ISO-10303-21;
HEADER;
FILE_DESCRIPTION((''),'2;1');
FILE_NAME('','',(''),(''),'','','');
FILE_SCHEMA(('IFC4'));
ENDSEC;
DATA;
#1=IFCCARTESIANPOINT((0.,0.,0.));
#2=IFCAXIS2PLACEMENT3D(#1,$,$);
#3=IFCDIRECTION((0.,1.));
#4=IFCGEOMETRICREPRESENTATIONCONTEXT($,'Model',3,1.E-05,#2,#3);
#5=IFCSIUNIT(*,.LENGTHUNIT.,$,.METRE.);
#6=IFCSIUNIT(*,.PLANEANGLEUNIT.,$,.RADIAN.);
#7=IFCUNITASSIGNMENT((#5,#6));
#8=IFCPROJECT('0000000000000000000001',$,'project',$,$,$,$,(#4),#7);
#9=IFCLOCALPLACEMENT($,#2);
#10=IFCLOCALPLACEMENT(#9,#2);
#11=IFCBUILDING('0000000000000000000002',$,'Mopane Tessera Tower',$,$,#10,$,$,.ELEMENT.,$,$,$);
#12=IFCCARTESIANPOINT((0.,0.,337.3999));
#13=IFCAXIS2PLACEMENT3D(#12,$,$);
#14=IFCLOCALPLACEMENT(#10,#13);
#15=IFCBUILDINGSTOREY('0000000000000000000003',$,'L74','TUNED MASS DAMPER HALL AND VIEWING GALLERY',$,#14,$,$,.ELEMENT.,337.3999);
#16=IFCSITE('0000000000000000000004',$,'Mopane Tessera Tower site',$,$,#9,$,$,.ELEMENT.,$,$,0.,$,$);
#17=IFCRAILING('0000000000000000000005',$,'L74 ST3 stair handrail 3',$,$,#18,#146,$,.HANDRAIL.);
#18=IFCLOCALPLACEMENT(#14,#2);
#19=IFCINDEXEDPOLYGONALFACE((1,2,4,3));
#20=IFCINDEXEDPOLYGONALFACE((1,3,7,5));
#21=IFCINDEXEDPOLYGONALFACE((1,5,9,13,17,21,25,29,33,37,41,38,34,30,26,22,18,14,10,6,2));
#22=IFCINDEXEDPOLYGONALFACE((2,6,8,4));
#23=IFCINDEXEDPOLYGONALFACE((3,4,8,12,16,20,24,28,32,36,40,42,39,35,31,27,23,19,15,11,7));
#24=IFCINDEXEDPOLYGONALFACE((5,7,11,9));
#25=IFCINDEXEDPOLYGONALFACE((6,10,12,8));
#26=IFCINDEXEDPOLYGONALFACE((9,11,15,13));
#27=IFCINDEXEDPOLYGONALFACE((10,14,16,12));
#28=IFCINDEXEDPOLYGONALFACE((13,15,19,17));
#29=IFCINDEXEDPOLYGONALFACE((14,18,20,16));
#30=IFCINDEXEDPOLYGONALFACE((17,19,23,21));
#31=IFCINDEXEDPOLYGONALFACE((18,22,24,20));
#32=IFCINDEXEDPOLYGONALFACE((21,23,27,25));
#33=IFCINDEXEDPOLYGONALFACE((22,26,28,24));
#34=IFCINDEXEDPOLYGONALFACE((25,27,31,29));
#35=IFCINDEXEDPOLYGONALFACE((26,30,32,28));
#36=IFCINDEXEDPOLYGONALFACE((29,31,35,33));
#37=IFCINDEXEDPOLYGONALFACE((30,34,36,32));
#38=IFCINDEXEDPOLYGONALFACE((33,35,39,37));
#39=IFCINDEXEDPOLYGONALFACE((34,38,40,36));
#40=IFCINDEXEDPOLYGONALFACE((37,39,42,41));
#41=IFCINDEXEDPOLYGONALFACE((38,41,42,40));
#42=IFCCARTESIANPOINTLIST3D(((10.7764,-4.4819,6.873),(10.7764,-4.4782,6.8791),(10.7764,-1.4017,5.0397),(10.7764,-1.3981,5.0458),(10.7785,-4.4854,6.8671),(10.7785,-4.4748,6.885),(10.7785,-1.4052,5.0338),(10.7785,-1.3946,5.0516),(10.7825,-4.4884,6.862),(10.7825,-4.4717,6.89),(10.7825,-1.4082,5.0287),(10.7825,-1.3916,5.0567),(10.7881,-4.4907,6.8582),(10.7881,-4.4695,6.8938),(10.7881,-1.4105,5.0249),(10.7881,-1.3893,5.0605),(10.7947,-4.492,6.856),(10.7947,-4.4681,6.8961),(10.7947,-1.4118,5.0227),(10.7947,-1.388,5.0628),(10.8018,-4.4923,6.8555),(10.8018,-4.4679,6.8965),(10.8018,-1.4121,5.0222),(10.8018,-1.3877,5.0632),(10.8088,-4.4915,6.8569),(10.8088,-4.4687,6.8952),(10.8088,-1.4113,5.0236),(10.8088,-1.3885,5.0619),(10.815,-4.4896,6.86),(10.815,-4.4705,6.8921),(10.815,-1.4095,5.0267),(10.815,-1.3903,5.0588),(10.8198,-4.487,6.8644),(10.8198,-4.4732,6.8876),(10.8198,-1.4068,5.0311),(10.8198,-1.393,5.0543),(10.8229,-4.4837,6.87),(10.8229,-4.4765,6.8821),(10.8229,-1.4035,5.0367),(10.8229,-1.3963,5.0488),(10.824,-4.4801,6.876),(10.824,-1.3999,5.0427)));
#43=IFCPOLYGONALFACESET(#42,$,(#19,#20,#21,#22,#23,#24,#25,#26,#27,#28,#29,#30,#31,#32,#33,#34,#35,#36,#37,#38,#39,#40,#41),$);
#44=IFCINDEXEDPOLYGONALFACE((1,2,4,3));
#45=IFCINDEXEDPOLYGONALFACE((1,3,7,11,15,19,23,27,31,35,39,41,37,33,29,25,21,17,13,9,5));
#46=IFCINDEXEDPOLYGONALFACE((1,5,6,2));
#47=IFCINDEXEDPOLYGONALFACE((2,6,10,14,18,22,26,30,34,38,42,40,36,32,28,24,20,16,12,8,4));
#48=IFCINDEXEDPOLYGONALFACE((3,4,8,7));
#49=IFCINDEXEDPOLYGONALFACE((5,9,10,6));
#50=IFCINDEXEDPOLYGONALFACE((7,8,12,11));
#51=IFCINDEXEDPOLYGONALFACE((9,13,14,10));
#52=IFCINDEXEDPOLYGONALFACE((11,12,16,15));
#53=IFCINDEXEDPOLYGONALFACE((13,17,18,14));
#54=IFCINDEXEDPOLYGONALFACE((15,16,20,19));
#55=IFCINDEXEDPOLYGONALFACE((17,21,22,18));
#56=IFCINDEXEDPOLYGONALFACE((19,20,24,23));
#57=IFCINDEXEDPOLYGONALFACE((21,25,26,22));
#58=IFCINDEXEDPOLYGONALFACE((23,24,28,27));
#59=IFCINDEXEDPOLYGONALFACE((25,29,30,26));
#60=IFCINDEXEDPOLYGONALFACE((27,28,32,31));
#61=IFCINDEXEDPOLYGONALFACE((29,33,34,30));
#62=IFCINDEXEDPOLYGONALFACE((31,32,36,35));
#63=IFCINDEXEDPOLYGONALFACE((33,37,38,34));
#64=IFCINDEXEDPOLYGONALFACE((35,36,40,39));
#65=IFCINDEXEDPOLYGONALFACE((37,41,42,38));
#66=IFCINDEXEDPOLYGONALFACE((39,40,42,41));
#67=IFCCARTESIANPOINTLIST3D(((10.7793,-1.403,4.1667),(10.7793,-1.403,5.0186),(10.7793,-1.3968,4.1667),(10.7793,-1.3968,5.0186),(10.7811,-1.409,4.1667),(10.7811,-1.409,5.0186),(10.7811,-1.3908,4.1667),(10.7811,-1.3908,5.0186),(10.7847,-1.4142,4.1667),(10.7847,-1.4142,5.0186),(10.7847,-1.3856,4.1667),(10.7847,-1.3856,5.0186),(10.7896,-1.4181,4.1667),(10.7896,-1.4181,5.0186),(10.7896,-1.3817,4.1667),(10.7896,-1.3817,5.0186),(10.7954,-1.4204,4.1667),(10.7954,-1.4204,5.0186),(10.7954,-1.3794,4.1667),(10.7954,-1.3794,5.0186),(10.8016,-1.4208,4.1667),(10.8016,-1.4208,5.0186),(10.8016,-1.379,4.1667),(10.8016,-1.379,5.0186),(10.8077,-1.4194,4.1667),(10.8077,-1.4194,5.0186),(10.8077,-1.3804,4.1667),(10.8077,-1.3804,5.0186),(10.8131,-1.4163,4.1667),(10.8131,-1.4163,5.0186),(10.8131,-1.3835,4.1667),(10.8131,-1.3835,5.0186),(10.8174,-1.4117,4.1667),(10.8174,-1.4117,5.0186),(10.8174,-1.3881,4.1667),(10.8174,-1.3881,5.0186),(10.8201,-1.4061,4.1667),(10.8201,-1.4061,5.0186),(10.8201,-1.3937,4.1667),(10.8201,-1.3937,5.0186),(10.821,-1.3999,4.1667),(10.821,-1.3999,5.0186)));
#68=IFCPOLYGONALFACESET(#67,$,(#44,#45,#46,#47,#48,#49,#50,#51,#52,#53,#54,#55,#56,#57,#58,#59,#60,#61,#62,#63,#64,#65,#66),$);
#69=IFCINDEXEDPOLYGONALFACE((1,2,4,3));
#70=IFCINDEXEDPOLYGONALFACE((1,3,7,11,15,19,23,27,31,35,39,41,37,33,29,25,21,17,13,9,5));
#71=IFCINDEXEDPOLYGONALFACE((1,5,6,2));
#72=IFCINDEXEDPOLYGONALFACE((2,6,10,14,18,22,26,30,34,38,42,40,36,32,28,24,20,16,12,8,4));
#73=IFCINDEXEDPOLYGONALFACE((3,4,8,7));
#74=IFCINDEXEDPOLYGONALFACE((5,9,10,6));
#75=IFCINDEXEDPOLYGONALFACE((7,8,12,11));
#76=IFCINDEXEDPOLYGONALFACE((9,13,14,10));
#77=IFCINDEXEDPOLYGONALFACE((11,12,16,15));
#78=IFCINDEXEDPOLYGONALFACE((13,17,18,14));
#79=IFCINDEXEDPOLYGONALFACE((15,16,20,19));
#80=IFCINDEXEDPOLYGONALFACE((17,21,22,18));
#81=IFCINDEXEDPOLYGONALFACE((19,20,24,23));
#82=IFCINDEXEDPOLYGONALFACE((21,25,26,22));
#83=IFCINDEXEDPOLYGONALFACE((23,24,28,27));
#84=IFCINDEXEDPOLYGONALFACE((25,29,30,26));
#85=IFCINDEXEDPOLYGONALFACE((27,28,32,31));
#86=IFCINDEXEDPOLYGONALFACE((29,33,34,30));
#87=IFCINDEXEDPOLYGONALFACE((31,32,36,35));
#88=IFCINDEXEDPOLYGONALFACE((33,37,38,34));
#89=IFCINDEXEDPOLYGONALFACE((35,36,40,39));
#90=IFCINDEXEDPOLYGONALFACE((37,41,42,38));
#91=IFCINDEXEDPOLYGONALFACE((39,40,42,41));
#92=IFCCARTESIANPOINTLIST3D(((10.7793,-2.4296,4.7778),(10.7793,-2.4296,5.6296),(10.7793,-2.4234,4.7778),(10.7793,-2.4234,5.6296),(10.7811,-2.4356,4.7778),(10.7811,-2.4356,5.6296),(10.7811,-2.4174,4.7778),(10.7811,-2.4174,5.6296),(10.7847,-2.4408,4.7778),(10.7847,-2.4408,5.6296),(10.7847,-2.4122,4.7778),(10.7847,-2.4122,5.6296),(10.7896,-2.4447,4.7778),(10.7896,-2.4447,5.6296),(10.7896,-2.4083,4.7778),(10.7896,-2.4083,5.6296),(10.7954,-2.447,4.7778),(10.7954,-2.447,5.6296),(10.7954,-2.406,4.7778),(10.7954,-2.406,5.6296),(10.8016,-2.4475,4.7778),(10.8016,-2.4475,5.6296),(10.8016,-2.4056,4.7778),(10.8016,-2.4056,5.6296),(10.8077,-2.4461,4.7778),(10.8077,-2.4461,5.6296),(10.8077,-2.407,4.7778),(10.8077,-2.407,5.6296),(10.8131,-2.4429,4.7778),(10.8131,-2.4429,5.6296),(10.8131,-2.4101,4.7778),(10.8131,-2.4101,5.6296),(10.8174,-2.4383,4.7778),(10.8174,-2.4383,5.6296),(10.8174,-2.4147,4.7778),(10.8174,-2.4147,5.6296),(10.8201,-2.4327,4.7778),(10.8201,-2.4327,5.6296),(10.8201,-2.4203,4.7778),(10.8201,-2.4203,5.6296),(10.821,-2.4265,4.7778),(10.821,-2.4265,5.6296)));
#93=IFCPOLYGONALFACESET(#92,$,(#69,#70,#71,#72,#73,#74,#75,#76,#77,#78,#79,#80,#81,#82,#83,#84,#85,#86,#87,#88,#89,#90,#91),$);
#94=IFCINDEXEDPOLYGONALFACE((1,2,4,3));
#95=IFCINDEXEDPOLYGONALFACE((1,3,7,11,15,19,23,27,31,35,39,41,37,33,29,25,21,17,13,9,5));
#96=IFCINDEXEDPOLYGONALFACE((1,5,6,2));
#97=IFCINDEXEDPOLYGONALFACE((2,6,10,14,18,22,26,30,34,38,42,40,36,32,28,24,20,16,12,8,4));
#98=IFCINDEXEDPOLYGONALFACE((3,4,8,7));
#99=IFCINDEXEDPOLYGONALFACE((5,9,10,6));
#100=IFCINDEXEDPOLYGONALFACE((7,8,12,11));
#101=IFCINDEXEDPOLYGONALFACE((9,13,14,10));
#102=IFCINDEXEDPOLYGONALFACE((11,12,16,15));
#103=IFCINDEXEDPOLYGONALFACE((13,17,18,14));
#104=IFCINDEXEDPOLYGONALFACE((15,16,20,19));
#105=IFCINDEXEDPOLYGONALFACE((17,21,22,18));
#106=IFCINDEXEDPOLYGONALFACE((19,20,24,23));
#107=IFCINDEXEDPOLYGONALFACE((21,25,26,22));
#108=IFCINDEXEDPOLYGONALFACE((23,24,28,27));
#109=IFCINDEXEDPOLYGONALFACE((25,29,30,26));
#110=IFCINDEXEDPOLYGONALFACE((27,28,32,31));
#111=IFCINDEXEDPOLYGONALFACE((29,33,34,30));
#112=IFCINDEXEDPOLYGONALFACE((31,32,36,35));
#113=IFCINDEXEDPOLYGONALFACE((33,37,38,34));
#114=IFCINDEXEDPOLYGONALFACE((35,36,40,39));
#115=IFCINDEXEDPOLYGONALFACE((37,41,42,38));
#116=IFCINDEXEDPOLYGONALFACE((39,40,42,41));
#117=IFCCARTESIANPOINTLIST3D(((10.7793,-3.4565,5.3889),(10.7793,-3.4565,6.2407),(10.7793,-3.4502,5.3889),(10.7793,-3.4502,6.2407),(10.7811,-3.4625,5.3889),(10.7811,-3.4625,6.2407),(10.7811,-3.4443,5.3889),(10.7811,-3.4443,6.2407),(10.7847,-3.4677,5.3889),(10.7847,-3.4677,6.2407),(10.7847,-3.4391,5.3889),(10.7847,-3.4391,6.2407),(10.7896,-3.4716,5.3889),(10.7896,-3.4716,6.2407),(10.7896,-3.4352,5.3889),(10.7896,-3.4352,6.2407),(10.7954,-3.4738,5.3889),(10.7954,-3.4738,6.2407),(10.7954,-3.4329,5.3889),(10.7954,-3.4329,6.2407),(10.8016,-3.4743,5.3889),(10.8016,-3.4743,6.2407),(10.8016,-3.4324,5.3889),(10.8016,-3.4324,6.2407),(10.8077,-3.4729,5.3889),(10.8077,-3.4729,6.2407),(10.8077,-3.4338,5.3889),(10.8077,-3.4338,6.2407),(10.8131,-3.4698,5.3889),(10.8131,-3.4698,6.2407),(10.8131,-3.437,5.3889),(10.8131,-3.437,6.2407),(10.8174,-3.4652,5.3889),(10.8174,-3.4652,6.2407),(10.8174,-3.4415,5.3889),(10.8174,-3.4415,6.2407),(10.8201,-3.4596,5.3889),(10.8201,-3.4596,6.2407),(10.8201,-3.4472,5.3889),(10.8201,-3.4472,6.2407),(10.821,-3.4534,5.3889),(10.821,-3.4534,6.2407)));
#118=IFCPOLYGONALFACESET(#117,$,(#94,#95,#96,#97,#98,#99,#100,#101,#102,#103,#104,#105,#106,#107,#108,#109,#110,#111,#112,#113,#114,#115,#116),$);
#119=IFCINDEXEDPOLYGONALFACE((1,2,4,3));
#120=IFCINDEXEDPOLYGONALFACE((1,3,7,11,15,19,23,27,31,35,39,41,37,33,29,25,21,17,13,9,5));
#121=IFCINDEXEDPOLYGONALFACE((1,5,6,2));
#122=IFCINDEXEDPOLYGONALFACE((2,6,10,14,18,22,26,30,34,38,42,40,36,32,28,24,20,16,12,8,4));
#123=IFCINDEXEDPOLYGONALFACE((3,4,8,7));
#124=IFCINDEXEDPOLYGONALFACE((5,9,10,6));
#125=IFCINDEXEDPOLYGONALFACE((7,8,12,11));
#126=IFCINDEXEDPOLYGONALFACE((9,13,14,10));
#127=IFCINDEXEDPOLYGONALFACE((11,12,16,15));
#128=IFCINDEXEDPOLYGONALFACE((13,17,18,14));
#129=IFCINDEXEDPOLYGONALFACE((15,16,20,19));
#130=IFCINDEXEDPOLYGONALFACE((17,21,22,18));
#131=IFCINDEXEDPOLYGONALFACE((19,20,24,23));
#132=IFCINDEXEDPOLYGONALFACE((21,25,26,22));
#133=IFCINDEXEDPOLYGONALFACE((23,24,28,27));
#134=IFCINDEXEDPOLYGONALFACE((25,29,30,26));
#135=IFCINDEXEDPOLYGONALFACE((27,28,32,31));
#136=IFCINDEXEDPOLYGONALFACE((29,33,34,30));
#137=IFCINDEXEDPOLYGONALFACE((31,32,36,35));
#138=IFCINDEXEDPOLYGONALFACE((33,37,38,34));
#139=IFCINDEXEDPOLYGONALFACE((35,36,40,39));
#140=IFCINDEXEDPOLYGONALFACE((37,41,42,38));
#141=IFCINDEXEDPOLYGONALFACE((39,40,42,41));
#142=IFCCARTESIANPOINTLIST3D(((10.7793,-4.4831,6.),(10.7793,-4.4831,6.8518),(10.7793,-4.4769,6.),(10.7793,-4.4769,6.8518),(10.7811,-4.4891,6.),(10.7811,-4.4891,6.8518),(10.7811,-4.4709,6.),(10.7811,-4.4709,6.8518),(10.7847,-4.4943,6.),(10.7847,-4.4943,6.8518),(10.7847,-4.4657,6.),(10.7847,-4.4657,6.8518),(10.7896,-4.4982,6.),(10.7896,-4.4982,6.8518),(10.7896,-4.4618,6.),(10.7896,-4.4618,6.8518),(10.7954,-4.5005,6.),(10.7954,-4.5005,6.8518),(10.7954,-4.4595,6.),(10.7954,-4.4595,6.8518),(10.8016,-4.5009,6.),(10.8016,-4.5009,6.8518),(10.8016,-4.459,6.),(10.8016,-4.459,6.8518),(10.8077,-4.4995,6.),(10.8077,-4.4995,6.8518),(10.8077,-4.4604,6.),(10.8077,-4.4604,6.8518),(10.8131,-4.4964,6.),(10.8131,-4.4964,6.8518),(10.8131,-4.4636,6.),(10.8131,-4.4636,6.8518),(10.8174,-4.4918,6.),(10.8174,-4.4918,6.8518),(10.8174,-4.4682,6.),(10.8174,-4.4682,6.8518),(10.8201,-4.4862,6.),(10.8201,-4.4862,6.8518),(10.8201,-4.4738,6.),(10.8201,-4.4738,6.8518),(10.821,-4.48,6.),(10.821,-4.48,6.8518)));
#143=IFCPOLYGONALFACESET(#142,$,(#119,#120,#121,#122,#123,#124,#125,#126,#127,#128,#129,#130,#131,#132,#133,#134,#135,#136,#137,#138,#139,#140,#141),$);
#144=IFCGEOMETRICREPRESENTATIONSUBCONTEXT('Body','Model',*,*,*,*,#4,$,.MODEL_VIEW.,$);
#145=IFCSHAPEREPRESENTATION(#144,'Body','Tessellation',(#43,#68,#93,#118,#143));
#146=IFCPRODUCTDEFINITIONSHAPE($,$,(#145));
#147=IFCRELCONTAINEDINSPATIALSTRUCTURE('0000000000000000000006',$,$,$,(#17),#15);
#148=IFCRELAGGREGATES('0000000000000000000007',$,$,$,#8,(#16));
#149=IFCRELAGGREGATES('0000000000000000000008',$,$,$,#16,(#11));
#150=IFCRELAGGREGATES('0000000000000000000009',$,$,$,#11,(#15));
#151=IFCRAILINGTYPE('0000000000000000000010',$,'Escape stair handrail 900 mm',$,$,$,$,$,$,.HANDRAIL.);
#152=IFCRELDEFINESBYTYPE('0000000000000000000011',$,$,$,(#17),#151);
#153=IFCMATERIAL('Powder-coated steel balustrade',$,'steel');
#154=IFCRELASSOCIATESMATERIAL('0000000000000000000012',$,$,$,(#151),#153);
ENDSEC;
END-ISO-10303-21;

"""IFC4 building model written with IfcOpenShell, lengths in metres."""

from ifc_helpers import new_model, si_unit, direction, frame, origin, origin_2d, place, context, subcontext, project, spatial, circle, extrude, material, type_object, element, save


model = new_model("IFC4")

# Units and contexts
model_context = context("Model", 3, precision=1e-05, world=origin(), true_north=direction((0.0, 1.0)))
body_context = subcontext(model_context, "Body", "Model", "MODEL_VIEW")
ifc_project = project(units=[si_unit("LENGTHUNIT", "METRE"), si_unit("PLANEANGLEUNIT", "RADIAN")], contexts=[model_context])

# Site, building, storey
site_placement = place(None, origin())
site = spatial("IfcSite", under=ifc_project, at=site_placement, Name="Mopane Tessera Tower site", CompositionType="ELEMENT", RefElevation=0.0)
building_placement = place(site_placement, origin())
building = spatial("IfcBuilding", under=site, at=building_placement, Name="Mopane Tessera Tower", CompositionType="ELEMENT")
storey_placement = place(building_placement, frame((0.0, 0.0, 337.3999)))
storey = spatial("IfcBuildingStorey", under=building, at=storey_placement, Name="L74", Description="TUNED MASS DAMPER HALL AND VIEWING GALLERY", CompositionType="ELEMENT", Elevation=337.3999)

# Railing
ifc_material_1 = material(Name="Powder-coated steel balustrade", Category="steel")
railing_type = type_object("IfcRailingType", Name="Escape stair handrail 900 mm", PredefinedType="HANDRAIL", material=ifc_material_1)
for number, where, name in (
    (1, (10.8, -1.3999, 4.1667), "L74 ST3 stair handrail 3"),
):
    element("IfcRailing", number, at=place(storey_placement, frame(where)), inside=storey, type_object=railing_type, Name=name, PredefinedType="HANDRAIL", context=body_context, shape_type="SweptSolid", body=[
        extrude(circle(Radius=0.0239, at=origin_2d()), frame((0.0, 0.0, 0.876), z_axis=(0.0, -0.859309, 0.511458), x_axis=(1.0, 0.0, 0.0)), (0.0, 0.0, 1.0), 3.5845),
        extrude(circle(Radius=0.021, at=origin_2d()), origin(), (0.0, 0.0, 1.0), 0.8518),
        extrude(circle(Radius=0.021, at=origin_2d()), frame((0.0, -1.0266, 0.6111)), (0.0, 0.0, 1.0), 0.8518),
        extrude(circle(Radius=0.021, at=origin_2d()), frame((0.0, -2.0535, 1.2222)), (0.0, 0.0, 1.0), 0.8518),
        extrude(circle(Radius=0.021, at=origin_2d()), frame((0.0, -3.0801, 1.8333)), (0.0, 0.0, 1.0), 0.8518),
    ])

save(model, "model.ifc")
